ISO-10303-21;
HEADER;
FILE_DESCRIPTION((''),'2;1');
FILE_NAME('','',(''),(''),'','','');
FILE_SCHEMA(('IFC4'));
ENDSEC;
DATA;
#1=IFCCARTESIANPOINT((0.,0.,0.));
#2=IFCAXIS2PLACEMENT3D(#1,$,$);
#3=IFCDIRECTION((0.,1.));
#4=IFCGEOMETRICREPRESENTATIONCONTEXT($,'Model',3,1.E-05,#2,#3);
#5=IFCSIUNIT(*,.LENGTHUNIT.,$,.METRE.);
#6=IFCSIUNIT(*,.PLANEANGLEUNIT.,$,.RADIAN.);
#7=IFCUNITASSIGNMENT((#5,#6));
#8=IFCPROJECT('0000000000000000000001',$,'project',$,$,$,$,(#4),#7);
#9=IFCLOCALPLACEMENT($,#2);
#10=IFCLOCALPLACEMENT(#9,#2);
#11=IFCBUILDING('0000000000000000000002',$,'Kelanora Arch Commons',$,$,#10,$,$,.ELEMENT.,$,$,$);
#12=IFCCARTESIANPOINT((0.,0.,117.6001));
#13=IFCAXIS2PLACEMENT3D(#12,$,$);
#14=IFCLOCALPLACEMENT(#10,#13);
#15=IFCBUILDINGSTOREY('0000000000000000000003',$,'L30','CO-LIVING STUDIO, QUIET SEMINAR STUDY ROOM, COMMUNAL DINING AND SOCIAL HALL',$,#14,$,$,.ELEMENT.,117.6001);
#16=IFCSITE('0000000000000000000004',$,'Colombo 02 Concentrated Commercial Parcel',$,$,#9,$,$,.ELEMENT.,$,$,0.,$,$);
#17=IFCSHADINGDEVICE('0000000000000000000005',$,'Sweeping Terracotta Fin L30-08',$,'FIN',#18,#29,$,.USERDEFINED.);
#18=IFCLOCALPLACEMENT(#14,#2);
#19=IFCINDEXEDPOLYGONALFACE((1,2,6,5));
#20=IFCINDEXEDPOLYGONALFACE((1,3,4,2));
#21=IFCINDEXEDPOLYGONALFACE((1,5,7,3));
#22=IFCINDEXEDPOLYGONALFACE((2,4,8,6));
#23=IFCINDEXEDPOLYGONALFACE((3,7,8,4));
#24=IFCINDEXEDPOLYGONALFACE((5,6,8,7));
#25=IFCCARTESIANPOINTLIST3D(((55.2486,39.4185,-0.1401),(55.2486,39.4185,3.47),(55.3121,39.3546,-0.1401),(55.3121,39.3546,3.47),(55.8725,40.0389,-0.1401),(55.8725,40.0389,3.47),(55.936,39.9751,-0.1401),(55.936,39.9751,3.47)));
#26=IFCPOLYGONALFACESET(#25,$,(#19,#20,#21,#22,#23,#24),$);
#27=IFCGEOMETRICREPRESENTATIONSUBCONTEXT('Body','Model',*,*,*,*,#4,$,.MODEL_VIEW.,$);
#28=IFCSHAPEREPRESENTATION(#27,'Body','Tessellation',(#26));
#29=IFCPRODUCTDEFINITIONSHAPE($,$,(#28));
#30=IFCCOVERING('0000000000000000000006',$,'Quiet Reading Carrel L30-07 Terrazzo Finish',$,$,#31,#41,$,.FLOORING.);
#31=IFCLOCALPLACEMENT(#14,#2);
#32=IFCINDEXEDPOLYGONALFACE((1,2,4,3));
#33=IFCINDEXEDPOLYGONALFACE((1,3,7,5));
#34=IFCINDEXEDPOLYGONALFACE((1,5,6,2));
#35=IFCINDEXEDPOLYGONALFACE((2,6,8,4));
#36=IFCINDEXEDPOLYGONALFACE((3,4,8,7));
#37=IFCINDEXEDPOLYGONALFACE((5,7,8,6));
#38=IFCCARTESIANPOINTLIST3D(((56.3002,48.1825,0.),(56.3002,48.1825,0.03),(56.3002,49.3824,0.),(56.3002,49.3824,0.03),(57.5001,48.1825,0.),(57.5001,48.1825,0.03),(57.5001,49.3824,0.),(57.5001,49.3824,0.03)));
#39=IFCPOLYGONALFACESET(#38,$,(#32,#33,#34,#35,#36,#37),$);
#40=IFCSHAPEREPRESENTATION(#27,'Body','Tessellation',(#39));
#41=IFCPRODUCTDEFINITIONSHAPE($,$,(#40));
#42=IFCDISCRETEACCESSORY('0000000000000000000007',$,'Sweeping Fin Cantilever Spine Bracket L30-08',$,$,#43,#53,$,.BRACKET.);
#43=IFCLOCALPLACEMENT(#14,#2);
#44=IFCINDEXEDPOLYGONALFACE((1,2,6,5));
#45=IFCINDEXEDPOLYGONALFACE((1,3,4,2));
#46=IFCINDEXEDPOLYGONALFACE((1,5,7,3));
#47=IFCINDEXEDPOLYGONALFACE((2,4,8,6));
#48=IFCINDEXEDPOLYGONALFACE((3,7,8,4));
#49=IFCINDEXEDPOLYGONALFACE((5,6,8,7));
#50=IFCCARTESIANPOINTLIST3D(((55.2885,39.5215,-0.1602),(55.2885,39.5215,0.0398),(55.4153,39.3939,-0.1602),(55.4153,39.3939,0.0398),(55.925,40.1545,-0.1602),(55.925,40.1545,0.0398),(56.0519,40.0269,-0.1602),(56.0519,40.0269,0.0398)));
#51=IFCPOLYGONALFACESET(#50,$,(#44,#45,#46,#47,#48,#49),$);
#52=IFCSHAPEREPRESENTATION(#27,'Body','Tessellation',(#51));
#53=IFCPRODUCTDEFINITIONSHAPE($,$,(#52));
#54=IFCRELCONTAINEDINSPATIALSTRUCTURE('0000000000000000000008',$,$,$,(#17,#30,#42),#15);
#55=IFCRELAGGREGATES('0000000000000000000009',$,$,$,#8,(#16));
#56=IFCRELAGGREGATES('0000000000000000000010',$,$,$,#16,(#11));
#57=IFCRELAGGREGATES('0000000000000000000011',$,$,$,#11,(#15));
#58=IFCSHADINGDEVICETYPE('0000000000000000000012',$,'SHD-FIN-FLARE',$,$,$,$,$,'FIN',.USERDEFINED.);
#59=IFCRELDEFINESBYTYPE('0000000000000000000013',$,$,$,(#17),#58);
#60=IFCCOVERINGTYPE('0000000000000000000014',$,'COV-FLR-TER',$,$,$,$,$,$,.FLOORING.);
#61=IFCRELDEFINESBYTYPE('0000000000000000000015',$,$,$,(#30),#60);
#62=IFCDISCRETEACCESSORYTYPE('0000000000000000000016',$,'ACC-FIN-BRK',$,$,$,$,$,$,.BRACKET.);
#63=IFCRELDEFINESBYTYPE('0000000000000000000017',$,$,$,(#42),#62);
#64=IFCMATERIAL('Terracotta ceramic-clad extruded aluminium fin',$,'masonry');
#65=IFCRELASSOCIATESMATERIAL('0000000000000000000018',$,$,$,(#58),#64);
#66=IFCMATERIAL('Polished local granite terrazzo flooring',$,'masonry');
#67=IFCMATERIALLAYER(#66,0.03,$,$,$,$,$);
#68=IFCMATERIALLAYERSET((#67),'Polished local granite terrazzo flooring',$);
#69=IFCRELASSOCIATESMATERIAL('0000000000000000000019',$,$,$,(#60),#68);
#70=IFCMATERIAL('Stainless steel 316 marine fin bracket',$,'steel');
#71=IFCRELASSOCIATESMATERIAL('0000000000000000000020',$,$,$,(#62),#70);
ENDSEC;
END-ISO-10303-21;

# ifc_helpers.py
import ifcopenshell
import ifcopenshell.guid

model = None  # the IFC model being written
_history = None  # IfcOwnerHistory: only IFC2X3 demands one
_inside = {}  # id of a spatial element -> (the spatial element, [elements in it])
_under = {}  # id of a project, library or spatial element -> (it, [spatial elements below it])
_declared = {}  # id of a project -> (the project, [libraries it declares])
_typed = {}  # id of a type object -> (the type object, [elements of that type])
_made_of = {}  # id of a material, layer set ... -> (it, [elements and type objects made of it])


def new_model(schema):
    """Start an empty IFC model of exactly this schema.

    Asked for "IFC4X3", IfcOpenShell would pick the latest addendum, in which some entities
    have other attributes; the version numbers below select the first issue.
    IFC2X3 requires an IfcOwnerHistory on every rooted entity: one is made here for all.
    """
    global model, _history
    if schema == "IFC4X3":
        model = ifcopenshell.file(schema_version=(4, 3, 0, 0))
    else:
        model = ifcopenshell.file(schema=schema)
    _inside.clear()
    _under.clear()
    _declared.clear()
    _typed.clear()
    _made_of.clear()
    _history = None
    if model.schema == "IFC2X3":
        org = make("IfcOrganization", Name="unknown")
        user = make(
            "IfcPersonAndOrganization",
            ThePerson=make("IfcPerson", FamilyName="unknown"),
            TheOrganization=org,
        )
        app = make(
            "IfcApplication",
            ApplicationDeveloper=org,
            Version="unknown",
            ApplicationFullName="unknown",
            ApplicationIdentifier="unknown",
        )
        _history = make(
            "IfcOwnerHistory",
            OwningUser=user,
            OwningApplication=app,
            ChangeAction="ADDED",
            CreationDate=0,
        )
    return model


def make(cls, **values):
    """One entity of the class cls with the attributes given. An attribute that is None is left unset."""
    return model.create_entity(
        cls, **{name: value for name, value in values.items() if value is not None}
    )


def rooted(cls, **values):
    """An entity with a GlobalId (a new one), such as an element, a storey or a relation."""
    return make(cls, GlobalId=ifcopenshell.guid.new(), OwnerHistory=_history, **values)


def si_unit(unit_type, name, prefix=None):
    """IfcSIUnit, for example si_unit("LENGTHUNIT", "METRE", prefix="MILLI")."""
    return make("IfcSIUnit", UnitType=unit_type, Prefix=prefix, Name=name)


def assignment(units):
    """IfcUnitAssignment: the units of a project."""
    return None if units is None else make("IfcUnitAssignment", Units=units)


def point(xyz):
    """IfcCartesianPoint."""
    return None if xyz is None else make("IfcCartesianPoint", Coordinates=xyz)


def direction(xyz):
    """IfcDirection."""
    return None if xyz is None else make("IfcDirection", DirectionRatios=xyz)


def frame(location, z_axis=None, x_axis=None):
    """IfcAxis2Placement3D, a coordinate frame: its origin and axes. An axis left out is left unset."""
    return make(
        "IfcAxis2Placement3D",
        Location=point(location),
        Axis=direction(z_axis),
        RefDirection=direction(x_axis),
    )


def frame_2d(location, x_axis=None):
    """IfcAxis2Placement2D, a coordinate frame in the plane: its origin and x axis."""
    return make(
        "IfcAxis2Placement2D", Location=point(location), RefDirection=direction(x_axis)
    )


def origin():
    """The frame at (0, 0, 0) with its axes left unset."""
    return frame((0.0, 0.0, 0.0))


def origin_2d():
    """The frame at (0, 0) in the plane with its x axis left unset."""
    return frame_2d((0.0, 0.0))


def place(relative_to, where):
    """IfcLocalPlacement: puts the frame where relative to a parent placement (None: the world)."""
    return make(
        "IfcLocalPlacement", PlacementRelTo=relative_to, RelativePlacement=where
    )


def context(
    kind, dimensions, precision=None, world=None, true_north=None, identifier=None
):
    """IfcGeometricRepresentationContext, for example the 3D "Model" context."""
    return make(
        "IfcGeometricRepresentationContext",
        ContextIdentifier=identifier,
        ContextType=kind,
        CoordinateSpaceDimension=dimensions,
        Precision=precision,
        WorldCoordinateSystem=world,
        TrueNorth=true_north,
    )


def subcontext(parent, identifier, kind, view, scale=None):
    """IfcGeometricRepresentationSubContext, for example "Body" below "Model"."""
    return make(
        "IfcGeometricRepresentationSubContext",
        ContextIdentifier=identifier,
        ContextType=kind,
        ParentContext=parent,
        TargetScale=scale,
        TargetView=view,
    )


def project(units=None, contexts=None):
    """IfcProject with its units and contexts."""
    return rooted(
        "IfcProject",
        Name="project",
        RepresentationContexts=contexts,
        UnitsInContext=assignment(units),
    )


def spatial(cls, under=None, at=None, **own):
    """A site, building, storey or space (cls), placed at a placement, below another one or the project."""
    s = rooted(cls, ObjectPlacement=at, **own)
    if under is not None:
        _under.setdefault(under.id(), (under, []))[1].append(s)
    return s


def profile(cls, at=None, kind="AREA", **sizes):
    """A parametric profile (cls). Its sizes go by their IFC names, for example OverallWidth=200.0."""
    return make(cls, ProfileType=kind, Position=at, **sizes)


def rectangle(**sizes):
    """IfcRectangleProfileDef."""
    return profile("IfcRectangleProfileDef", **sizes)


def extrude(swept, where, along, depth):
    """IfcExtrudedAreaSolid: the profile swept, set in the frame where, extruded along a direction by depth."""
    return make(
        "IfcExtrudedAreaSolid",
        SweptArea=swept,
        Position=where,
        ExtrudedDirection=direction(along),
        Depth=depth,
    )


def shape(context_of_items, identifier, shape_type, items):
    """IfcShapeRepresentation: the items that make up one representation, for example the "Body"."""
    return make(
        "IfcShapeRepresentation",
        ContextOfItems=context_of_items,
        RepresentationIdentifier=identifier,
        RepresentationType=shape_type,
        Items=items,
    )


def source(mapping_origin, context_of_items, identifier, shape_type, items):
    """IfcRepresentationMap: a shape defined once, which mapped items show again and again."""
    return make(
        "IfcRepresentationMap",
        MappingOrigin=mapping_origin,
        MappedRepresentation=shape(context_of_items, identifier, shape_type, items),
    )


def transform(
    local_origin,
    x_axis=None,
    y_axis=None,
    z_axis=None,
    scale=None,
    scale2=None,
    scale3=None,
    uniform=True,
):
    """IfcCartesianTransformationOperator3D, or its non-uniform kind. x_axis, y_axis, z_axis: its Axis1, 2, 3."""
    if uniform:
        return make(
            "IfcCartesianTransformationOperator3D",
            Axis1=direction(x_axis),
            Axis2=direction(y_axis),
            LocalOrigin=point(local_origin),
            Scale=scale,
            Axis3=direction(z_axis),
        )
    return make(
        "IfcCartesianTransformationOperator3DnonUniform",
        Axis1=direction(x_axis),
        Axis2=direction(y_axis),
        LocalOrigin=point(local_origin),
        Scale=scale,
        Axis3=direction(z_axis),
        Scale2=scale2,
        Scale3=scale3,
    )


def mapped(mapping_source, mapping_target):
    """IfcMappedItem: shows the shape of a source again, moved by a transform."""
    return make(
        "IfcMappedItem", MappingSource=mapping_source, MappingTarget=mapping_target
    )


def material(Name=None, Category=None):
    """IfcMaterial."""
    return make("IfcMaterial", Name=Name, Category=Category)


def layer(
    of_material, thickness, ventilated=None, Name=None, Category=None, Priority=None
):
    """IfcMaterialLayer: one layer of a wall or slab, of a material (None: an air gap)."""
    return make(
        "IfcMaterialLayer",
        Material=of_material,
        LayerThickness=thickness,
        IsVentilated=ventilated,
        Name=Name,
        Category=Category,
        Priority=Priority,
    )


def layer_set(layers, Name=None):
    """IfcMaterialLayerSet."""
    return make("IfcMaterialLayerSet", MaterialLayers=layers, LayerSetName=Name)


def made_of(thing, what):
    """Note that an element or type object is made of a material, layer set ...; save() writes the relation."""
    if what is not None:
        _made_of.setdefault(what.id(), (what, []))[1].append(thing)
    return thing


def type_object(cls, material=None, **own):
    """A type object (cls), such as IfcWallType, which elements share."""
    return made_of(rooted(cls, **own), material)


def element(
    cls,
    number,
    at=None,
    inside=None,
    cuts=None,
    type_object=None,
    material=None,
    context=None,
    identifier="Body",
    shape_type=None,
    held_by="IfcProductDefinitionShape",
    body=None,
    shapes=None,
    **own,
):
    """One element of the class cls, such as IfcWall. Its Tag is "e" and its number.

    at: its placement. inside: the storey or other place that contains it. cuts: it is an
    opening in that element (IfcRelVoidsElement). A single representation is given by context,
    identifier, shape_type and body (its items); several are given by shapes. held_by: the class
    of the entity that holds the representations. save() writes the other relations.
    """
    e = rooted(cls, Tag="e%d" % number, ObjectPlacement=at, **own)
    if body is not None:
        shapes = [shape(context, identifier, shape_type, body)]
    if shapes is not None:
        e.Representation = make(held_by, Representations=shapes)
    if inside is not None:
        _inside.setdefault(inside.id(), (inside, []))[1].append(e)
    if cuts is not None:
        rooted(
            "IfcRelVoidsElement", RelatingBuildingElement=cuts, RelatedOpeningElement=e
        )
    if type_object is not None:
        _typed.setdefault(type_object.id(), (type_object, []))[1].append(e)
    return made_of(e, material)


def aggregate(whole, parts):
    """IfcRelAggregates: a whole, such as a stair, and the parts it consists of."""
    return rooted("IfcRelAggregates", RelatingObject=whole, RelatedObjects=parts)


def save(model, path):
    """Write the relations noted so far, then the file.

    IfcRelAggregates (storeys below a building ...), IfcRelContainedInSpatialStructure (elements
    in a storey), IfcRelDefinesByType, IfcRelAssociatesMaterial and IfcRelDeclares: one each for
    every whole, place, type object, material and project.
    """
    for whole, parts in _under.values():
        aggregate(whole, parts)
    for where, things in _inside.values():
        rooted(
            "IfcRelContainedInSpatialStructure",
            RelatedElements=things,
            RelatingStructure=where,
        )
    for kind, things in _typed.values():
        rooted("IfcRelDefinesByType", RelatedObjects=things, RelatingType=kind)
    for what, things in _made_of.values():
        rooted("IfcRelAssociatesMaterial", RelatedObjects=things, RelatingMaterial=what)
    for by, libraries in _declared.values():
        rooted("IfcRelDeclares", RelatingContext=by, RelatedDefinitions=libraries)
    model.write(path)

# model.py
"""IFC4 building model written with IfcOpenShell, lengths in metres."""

from ifc_helpers import new_model, si_unit, direction, frame, origin, origin_2d, place, context, subcontext, project, spatial, rectangle, extrude, source, transform, mapped, material, layer, layer_set, type_object, element, save


model = new_model("IFC4")

# Units and contexts
model_context = context("Model", 3, precision=1e-05, world=origin(), true_north=direction((0.0, 1.0)))
body_context = subcontext(model_context, "Body", "Model", "MODEL_VIEW")
ifc_project = project(units=[si_unit("LENGTHUNIT", "METRE"), si_unit("PLANEANGLEUNIT", "RADIAN")], contexts=[model_context])

# Site, building, storey
site_placement = place(None, origin())
site = spatial("IfcSite", under=ifc_project, at=site_placement, Name="Colombo 02 Concentrated Commercial Parcel", CompositionType="ELEMENT", RefElevation=0.0)
building_placement = place(site_placement, origin())
building = spatial("IfcBuilding", under=site, at=building_placement, Name="Kelanora Arch Commons", CompositionType="ELEMENT")
storey_placement = place(building_placement, frame((0.0, 0.0, 117.6001)))
storey = spatial("IfcBuildingStorey", under=building, at=storey_placement, Name="L30", Description="CO-LIVING STUDIO, QUIET SEMINAR STUDY ROOM, COMMUNAL DINING AND SOCIAL HALL", CompositionType="ELEMENT", Elevation=117.6001)

# Shading device
ifc_material_1 = material(Name="Terracotta ceramic-clad extruded aluminium fin", Category="masonry")
shading_device_type = type_object("IfcShadingDeviceType", Name="SHD-FIN-FLARE", ElementType="FIN", PredefinedType="USERDEFINED", material=ifc_material_1)
shared_shape_1 = source(origin(), body_context, "Body", "SweptSolid", [
    extrude(rectangle(XDim=0.8799, YDim=0.0901, at=origin_2d()), origin(), (0.0, 0.0, 1.0), 3.6101),
])
shading_device_placement = place(storey_placement, frame((55.5923, 39.6968, -0.1401), z_axis=(0.0, 0.0, 1.0), x_axis=(-0.709079, -0.705129, 0.0)))
element("IfcShadingDevice", 1, at=shading_device_placement, inside=storey, type_object=shading_device_type, Name="Sweeping Terracotta Fin L30-08", ObjectType="FIN", PredefinedType="USERDEFINED", context=body_context, shape_type="MappedRepresentation", body=[
    mapped(shared_shape_1, transform((0.0, 0.0, 0.0), scale=1.0)),
])

# Covering
ifc_material_2 = material(Name="Polished local granite terrazzo flooring", Category="masonry")
ifc_layer_1 = layer(ifc_material_2, 0.03)
ifc_layer_set_1 = layer_set([ifc_layer_1], Name="Polished local granite terrazzo flooring")
covering_type = type_object("IfcCoveringType", Name="COV-FLR-TER", PredefinedType="FLOORING", material=ifc_layer_set_1)
shared_shape_2 = source(origin(), body_context, "Body", "SweptSolid", [
    extrude(rectangle(XDim=1.2, YDim=1.2, at=origin_2d()), origin(), (0.0, 0.0, 1.0), 0.03),
])
covering_placement = place(storey_placement, frame((56.9001, 48.7825, 0.0), z_axis=(0.0, 0.0, 1.0), x_axis=(1.0, 0.0, 0.0)))
element("IfcCovering", 2, at=covering_placement, inside=storey, type_object=covering_type, Name="Quiet Reading Carrel L30-07 Terrazzo Finish", PredefinedType="FLOORING", context=body_context, shape_type="MappedRepresentation", body=[
    mapped(shared_shape_2, transform((0.0, 0.0, 0.0), scale=1.0)),
])

# Discrete accessory
ifc_material_3 = material(Name="Stainless steel 316 marine fin bracket", Category="steel")
discrete_accessory_type = type_object("IfcDiscreteAccessoryType", Name="ACC-FIN-BRK", PredefinedType="BRACKET", material=ifc_material_3)
shared_shape_3 = source(origin(), body_context, "Body", "SweptSolid", [
    extrude(rectangle(XDim=0.8977, YDim=0.1799, at=origin_2d()), origin(), (0.0, 0.0, 1.0), 0.2),
])
discrete_accessory_placement = place(storey_placement, frame((55.6702, 39.7742, -0.1602), z_axis=(0.0, 0.0, 1.0), x_axis=(-0.709079, -0.705129, 0.0)))
element("IfcDiscreteAccessory", 3, at=discrete_accessory_placement, inside=storey, type_object=discrete_accessory_type, Name="Sweeping Fin Cantilever Spine Bracket L30-08", PredefinedType="BRACKET", context=body_context, shape_type="MappedRepresentation", body=[
    mapped(shared_shape_3, transform((0.0, 0.0, 0.0), scale=1.0)),
])

save(model, "model.ifc")
